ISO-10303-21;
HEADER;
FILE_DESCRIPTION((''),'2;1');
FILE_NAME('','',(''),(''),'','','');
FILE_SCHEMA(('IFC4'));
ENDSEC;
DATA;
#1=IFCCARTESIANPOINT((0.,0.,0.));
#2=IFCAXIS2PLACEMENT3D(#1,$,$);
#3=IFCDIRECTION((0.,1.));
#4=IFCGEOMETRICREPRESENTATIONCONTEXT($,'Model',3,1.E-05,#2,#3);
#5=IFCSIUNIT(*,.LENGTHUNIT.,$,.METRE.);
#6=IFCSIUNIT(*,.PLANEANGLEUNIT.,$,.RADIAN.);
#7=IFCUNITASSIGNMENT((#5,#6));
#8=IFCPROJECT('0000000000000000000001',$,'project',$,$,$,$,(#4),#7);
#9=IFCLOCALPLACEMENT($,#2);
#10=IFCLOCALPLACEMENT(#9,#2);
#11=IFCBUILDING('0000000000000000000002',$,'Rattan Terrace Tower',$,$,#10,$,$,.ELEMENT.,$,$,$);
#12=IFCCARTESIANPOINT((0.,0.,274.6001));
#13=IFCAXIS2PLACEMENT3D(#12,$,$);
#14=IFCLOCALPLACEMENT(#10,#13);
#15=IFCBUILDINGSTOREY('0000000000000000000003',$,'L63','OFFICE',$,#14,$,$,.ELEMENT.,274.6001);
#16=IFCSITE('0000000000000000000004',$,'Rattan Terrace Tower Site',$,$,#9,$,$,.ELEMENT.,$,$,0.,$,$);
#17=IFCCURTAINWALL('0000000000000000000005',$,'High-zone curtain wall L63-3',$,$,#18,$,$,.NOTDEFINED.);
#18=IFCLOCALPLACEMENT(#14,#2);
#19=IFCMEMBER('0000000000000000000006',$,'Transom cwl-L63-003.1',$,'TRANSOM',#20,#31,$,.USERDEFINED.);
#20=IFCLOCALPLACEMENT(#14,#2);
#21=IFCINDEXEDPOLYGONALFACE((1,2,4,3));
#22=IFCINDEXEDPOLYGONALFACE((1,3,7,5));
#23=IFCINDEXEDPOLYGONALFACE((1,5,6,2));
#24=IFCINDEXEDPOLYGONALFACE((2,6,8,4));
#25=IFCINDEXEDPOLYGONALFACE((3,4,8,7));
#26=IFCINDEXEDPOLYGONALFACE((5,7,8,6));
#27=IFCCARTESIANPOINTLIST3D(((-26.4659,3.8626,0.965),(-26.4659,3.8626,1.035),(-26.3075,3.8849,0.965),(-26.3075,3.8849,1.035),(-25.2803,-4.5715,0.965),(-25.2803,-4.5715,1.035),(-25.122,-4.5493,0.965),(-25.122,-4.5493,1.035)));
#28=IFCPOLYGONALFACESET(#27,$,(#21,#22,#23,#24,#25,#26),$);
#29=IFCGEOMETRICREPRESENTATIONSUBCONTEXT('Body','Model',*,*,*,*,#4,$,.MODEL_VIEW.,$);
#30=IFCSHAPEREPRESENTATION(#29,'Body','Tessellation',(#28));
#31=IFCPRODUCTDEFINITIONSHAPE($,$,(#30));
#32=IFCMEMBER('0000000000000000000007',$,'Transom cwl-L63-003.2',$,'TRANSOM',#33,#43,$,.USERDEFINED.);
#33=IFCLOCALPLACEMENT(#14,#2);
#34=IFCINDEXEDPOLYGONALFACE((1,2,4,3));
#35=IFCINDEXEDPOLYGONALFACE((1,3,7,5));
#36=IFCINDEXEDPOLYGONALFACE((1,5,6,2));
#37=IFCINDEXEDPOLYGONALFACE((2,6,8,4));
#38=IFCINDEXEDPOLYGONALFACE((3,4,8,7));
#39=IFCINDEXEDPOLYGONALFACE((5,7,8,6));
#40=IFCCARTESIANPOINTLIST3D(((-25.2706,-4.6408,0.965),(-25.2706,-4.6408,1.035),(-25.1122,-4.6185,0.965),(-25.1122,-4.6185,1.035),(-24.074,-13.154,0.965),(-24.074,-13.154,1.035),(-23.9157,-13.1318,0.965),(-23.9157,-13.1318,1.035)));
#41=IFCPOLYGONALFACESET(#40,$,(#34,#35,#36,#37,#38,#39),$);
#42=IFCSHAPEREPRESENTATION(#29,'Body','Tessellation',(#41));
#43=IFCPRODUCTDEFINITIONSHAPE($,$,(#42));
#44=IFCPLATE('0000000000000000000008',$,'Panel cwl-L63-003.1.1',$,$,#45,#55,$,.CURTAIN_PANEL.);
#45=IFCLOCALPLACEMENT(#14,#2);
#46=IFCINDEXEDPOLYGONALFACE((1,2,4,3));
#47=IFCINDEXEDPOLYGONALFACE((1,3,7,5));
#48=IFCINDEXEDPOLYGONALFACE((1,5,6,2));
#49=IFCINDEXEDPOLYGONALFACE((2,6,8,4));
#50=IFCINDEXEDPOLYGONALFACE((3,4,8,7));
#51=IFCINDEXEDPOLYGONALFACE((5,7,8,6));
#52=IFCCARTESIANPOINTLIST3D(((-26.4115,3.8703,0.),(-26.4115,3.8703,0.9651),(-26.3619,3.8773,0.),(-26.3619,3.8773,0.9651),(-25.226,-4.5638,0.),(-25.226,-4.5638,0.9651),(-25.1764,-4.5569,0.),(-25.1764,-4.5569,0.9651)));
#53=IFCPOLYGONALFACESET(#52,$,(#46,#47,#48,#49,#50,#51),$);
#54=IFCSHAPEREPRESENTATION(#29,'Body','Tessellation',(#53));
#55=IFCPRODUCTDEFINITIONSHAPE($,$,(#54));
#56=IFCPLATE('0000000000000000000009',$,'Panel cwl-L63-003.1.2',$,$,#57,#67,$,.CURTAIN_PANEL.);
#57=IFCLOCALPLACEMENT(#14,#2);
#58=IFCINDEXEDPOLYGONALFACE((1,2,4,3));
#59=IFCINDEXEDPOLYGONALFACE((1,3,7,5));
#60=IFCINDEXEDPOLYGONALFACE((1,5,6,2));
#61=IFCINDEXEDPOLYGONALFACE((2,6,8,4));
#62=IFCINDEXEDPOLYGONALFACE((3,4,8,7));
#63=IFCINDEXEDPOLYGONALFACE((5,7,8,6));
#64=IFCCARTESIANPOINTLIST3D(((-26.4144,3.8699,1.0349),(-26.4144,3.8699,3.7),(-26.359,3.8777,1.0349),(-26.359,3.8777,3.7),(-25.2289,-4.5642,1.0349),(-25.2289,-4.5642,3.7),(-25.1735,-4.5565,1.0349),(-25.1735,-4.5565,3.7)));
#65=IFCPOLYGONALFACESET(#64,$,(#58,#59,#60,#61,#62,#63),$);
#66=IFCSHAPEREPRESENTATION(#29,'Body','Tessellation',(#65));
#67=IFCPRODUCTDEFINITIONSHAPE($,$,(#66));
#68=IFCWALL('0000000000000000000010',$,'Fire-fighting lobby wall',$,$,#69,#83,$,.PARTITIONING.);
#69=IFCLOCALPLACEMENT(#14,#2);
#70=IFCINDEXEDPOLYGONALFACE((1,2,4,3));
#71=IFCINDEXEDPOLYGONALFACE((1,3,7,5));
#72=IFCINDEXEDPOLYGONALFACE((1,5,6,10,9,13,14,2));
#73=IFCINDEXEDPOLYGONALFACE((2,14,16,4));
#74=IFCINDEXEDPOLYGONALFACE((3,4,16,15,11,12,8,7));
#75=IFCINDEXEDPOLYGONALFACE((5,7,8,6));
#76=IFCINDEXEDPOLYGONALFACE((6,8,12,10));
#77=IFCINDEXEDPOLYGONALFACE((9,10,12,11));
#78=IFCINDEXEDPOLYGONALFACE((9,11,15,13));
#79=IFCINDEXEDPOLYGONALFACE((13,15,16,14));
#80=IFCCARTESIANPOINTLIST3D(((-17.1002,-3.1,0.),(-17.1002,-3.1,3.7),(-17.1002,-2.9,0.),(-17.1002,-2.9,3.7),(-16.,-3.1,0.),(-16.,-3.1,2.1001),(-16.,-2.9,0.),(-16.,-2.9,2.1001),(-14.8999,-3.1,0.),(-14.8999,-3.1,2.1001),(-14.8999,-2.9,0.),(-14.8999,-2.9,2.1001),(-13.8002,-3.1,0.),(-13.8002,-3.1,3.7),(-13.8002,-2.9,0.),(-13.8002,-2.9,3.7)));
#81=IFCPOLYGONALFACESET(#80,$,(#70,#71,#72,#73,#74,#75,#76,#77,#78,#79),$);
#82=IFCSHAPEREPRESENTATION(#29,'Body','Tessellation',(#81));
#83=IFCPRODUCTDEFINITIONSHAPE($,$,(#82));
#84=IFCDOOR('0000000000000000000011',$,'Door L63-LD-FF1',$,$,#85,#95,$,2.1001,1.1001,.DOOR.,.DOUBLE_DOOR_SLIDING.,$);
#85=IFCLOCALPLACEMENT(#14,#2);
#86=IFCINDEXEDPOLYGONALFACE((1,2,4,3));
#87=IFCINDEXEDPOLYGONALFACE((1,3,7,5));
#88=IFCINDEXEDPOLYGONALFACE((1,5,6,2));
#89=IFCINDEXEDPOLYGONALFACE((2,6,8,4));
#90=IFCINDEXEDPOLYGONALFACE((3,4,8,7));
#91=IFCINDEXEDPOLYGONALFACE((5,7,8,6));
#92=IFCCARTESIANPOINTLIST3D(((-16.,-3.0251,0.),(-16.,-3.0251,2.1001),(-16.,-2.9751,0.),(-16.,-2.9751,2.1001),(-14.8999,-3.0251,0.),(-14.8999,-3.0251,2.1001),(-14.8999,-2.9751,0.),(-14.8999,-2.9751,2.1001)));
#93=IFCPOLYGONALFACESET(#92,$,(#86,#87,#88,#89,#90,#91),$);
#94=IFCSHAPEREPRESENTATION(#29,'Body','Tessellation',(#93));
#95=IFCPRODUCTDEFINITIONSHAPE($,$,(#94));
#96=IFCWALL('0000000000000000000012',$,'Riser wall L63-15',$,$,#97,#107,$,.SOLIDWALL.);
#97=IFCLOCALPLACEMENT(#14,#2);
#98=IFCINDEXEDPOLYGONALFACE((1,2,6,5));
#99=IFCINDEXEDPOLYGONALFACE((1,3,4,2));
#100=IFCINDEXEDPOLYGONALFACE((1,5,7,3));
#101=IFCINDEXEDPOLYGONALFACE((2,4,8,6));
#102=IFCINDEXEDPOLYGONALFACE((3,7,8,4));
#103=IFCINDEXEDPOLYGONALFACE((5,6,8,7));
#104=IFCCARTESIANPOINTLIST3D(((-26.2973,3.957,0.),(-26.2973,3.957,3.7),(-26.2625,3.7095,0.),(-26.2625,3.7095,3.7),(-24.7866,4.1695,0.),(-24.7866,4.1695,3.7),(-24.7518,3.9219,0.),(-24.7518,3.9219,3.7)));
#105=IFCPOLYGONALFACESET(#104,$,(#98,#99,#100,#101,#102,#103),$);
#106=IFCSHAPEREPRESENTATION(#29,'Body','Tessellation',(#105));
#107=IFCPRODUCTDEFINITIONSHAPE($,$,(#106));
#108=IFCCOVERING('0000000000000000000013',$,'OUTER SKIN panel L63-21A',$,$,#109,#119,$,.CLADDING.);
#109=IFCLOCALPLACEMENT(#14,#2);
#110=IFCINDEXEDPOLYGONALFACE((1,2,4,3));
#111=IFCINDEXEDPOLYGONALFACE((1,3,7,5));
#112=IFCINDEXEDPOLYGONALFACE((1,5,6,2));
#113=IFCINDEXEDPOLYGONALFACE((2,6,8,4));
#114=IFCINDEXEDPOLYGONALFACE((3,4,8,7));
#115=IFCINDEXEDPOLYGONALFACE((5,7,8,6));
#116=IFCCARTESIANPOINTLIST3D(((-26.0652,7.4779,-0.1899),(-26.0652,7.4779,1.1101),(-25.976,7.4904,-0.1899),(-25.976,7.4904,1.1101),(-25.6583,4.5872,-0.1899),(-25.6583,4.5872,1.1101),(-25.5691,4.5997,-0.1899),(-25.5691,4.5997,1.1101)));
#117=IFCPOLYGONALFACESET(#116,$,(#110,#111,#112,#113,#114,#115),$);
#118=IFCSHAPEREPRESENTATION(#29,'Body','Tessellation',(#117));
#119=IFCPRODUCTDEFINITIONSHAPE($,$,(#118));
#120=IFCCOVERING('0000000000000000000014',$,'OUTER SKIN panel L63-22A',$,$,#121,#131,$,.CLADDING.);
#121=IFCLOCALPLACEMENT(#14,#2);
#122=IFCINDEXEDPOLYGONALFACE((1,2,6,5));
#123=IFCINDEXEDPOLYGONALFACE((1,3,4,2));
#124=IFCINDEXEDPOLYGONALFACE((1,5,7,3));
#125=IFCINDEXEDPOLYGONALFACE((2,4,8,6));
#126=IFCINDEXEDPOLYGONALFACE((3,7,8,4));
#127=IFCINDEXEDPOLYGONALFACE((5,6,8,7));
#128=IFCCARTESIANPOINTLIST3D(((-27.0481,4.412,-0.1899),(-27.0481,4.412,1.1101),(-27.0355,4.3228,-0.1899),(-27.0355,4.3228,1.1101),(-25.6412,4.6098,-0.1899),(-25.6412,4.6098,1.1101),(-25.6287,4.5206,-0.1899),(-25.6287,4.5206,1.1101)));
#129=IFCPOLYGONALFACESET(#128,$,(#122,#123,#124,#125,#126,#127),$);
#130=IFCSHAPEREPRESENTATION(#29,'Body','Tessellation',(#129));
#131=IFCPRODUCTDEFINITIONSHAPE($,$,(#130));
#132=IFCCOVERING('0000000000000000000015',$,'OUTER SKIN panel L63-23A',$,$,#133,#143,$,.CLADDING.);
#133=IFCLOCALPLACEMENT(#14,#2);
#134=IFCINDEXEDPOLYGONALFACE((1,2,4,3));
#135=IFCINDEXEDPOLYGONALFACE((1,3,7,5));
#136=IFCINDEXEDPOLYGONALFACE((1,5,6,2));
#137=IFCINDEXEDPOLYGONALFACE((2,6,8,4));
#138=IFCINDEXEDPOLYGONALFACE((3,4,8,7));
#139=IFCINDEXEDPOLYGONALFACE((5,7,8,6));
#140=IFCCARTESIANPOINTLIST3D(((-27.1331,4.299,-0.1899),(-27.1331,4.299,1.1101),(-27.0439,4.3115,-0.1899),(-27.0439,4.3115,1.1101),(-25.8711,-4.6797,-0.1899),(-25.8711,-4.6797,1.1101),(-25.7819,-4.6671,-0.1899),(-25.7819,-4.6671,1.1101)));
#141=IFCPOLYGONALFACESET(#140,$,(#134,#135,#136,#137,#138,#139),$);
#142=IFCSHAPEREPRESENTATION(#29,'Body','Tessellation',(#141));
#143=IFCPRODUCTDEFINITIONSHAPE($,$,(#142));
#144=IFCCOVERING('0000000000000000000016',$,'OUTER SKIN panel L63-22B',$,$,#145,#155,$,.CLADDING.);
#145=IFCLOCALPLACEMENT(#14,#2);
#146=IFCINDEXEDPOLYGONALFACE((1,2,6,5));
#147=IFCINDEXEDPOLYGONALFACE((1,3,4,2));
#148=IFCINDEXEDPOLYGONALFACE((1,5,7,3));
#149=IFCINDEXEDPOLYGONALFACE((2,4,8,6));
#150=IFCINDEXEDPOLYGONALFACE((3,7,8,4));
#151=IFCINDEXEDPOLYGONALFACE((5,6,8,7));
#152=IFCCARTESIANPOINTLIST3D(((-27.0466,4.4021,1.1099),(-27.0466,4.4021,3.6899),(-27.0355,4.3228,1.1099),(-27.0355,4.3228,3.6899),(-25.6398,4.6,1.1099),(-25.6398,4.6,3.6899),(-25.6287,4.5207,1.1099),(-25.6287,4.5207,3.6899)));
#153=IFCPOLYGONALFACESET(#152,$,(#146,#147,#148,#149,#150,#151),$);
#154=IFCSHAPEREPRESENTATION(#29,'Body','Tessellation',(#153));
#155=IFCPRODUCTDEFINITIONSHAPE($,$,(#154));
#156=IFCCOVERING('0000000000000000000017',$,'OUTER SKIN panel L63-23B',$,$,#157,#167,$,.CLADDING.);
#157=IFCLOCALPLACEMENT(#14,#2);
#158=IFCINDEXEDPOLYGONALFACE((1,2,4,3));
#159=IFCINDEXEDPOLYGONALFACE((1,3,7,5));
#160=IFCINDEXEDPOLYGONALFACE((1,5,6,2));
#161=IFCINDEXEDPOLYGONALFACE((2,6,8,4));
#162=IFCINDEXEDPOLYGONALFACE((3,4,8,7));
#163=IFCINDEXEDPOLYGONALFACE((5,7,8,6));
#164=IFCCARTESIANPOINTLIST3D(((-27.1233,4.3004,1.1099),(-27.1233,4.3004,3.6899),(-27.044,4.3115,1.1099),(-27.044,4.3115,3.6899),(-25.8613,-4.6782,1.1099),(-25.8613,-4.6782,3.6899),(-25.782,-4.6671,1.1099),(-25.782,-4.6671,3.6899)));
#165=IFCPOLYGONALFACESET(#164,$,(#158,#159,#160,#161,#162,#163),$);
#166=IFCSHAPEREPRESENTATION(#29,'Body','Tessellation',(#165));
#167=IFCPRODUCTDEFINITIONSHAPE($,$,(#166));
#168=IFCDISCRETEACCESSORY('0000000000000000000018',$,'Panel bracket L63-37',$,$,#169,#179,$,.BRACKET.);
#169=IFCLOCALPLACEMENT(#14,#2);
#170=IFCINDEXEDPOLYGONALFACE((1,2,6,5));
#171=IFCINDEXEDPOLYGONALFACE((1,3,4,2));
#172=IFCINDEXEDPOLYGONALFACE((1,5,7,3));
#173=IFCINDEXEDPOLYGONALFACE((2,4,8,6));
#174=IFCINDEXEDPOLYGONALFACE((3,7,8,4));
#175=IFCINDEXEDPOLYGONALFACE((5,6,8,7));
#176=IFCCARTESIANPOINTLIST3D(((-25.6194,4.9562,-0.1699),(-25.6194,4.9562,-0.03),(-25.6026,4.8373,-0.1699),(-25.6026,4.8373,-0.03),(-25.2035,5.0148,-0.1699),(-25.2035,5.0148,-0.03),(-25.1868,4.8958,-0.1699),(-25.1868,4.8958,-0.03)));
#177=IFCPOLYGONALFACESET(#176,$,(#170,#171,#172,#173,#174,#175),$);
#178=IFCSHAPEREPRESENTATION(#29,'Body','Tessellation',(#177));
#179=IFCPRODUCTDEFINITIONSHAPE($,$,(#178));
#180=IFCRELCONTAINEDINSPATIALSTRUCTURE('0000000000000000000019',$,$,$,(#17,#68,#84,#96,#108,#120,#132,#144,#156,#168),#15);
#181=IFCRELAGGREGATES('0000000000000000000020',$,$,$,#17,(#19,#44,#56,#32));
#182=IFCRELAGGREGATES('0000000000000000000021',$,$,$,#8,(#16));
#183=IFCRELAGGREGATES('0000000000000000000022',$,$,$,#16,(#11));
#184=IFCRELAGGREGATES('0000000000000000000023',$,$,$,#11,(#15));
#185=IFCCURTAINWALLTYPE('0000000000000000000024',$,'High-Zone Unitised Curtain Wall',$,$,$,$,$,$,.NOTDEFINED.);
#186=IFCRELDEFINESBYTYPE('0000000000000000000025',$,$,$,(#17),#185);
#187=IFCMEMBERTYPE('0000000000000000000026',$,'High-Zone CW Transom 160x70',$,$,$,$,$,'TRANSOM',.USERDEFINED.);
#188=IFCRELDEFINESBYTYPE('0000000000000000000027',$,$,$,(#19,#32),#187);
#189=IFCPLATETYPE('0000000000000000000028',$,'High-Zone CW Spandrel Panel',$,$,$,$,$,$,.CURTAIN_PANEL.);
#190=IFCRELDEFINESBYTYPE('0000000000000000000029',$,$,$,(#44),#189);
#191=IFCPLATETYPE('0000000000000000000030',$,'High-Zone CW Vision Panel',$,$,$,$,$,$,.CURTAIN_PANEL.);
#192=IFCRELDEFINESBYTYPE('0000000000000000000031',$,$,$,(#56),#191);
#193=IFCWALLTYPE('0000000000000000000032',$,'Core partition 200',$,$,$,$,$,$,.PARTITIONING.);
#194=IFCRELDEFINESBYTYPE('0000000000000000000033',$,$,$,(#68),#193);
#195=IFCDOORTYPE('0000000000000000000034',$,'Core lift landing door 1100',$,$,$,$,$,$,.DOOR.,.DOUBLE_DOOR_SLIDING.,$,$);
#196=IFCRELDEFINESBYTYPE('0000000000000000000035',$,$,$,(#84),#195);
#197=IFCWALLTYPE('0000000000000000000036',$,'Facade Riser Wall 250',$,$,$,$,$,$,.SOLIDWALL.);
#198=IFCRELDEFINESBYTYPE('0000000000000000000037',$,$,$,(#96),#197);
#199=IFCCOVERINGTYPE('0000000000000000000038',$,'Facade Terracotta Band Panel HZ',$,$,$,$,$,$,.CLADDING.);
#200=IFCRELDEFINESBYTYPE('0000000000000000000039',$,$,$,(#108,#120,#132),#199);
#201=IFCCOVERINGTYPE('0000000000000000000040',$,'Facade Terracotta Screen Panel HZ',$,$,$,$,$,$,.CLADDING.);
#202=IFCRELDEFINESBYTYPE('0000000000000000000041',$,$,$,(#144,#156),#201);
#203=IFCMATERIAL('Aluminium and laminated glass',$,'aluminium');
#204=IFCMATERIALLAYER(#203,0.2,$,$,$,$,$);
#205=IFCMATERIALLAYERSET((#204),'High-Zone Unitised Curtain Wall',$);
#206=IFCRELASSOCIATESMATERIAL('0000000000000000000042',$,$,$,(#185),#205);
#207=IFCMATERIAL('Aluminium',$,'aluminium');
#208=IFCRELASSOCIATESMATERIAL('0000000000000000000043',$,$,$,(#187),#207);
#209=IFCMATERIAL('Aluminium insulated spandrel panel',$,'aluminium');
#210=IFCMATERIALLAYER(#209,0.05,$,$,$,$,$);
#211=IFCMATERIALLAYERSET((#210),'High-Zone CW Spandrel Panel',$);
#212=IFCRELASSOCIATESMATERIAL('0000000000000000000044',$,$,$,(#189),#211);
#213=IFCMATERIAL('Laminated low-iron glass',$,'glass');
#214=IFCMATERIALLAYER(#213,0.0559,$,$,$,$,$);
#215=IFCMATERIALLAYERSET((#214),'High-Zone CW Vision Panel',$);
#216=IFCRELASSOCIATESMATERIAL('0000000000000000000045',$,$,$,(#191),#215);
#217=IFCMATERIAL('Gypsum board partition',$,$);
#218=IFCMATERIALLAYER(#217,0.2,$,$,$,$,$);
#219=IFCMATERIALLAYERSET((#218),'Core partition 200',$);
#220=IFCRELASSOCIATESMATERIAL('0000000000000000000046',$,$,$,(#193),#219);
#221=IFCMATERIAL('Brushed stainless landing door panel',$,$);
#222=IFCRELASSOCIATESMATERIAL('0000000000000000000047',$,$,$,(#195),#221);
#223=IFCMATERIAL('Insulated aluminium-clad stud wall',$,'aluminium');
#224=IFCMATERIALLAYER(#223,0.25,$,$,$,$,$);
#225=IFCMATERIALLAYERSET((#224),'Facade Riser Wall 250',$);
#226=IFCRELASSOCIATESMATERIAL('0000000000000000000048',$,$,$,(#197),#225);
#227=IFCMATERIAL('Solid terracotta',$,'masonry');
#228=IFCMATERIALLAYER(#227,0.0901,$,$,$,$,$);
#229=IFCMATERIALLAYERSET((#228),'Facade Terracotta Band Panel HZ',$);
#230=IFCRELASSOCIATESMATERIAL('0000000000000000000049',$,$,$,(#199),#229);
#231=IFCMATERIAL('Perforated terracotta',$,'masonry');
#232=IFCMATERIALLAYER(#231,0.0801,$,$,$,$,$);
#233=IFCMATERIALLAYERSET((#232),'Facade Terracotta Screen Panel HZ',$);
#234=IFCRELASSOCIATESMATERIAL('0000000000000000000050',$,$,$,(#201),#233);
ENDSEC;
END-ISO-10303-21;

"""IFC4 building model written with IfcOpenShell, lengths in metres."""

from ifc_helpers import new_model, si_unit, direction, frame, frame_2d, origin, origin_2d, place, context, subcontext, project, spatial, rectangle, extrude, material, layer, layer_set, material_profile, profile_set, type_object, element, fill, aggregate, save


model = new_model("IFC4")

# Units and contexts
model_context = context("Model", 3, precision=1e-05, world=origin(), true_north=direction((0.0, 1.0)))
body_context = subcontext(model_context, "Body", "Model", "MODEL_VIEW")
ifc_project = project(units=[si_unit("LENGTHUNIT", "METRE"), si_unit("PLANEANGLEUNIT", "RADIAN")], contexts=[model_context])

# Site, building, storey
site_placement = place(None, origin())
site = spatial("IfcSite", under=ifc_project, at=site_placement, Name="Rattan Terrace Tower Site", CompositionType="ELEMENT", RefElevation=0.0)
building_placement = place(site_placement, origin())
building = spatial("IfcBuilding", under=site, at=building_placement, Name="Rattan Terrace Tower", CompositionType="ELEMENT")
storey_placement = place(building_placement, frame((0.0, 0.0, 274.6001)))
storey = spatial("IfcBuildingStorey", under=building, at=storey_placement, Name="L63", Description="OFFICE", CompositionType="ELEMENT", Elevation=274.6001)

# Curtain wall, members, plates
ifc_material_1 = material(Name="Aluminium and laminated glass", Category="aluminium")
ifc_layer_1 = layer(ifc_material_1, 0.2)
ifc_layer_set_1 = layer_set([ifc_layer_1], Name="High-Zone Unitised Curtain Wall")
curtain_wall_type = type_object("IfcCurtainWallType", Name="High-Zone Unitised Curtain Wall", PredefinedType="NOTDEFINED", material=ifc_layer_set_1)
curtain_wall_placement = place(storey_placement, origin())
curtain_wall = element("IfcCurtainWall", 1, at=curtain_wall_placement, inside=storey, type_object=curtain_wall_type, Name="High-zone curtain wall L63-3", PredefinedType="NOTDEFINED")
ifc_material_2 = material(Name="Aluminium", Category="aluminium")
ifc_material_profile_1 = material_profile(ifc_material_2, rectangle(XDim=0.1599, YDim=0.0701, at=origin_2d()), Name="Aluminium 160x70")
ifc_profile_set_1 = profile_set([ifc_material_profile_1], Name="Aluminium")
member_type_1 = type_object("IfcMemberType", Name="High-Zone CW Transom 160x70", ElementType="TRANSOM", PredefinedType="USERDEFINED", material=ifc_profile_set_1)
member_1_placement = place(storey_placement, frame((-26.3867, 3.8738, 1.0), z_axis=(0.139198, -0.990265, 0.0), x_axis=(0.990265, 0.139198, 0.0)))
member_1 = element("IfcMember", 2, at=member_1_placement, type_object=member_type_1, Name="Transom cwl-L63-003.1", ObjectType="TRANSOM", PredefinedType="USERDEFINED", context=body_context, shape_type="SweptSolid", body=[
    extrude(rectangle(XDim=0.1599, YDim=0.0701, at=origin_2d()), origin(), (0.0, 0.0, 1.0), 8.5171),
])
member_2_placement = place(storey_placement, frame((-25.1914, -4.6296, 1.0), z_axis=(0.139183, -0.990267, 0.0), x_axis=(0.990267, 0.139183, 0.0)))
member_2 = element("IfcMember", 3, at=member_2_placement, type_object=member_type_1, Name="Transom cwl-L63-003.2", ObjectType="TRANSOM", PredefinedType="USERDEFINED", context=body_context, shape_type="SweptSolid", body=[
    extrude(rectangle(XDim=0.1599, YDim=0.0701, at=origin_2d()), origin(), (0.0, 0.0, 1.0), 8.5969),
])
ifc_material_3 = material(Name="Aluminium insulated spandrel panel", Category="aluminium")
ifc_layer_2 = layer(ifc_material_3, 0.05)
ifc_layer_set_2 = layer_set([ifc_layer_2], Name="High-Zone CW Spandrel Panel")
plate_type_1 = type_object("IfcPlateType", Name="High-Zone CW Spandrel Panel", PredefinedType="CURTAIN_PANEL", material=ifc_layer_set_2)
plate_1_placement = place(storey_placement, frame((-25.7939, -0.3433, 0.0), z_axis=(0.0, 0.0, 1.0), x_axis=(0.139192, -0.990265, 0.0)))
plate_1 = element("IfcPlate", 4, at=plate_1_placement, type_object=plate_type_1, Name="Panel cwl-L63-003.1.1", PredefinedType="CURTAIN_PANEL", context=body_context, shape_type="SweptSolid", body=[
    extrude(rectangle(XDim=8.5171, YDim=0.05, at=origin_2d()), origin(), (0.0, 0.0, 1.0), 0.9651),
])
ifc_material_4 = material(Name="Laminated low-iron glass", Category="glass")
ifc_layer_3 = layer(ifc_material_4, 0.0559)
ifc_layer_set_3 = layer_set([ifc_layer_3], Name="High-Zone CW Vision Panel")
plate_type_2 = type_object("IfcPlateType", Name="High-Zone CW Vision Panel", PredefinedType="CURTAIN_PANEL", material=ifc_layer_set_3)
plate_2_placement = place(storey_placement, frame((-25.7939, -0.3433, 1.0349), z_axis=(0.0, 0.0, 1.0), x_axis=(0.139192, -0.990265, 0.0)))
plate_2 = element("IfcPlate", 5, at=plate_2_placement, type_object=plate_type_2, Name="Panel cwl-L63-003.1.2", PredefinedType="CURTAIN_PANEL", context=body_context, shape_type="SweptSolid", body=[
    extrude(rectangle(XDim=8.5171, YDim=0.0559, at=origin_2d()), origin(), (0.0, 0.0, 1.0), 2.665),
])
aggregate(curtain_wall, [member_1, plate_1, plate_2, member_2])

# Wall, opening, door
ifc_material_5 = material(Name="Gypsum board partition")
ifc_layer_4 = layer(ifc_material_5, 0.2)
ifc_layer_set_4 = layer_set([ifc_layer_4], Name="Core partition 200")
wall_type_1 = type_object("IfcWallType", Name="Core partition 200", PredefinedType="PARTITIONING", material=ifc_layer_set_4)
wall_1_placement = place(storey_placement, frame((-17.1001, -3.0, 0.0), z_axis=(0.0, 0.0, 1.0), x_axis=(1.0, 0.0, 0.0)))
wall_1 = element("IfcWall", 6, at=wall_1_placement, inside=storey, type_object=wall_type_1, Name="Fire-fighting lobby wall", PredefinedType="PARTITIONING", context=body_context, shape_type="SweptSolid", body=[
    extrude(rectangle(XDim=3.3, YDim=0.2, at=frame_2d((1.6499, 0.0))), origin(), (0.0, 0.0, 1.0), 3.7),
])
opening_placement = place(wall_1_placement, frame((1.1001, 0.0, 0.0)))
opening = element("IfcOpeningElement", 7, at=opening_placement, cuts=wall_1, PredefinedType="OPENING", context=body_context, shape_type="SweptSolid", body=[
    extrude(rectangle(XDim=1.1001, YDim=2.1001, at=frame_2d((0.55, 1.05))), frame((0.0, 0.1106, 0.0), z_axis=(0.0, -1.0, 0.0), x_axis=(1.0, 0.0, 0.0)), (0.0, 0.0, 1.0), 0.2209),
])
ifc_material_6 = material(Name="Brushed stainless landing door panel")
door_type = type_object("IfcDoorType", Name="Core lift landing door 1100", OperationType="DOUBLE_DOOR_SLIDING", PredefinedType="DOOR", material=ifc_material_6)
door_placement = place(opening_placement, origin())
door = element("IfcDoor", 8, at=door_placement, inside=storey, type_object=door_type, Name="Door L63-LD-FF1", OperationType="DOUBLE_DOOR_SLIDING", OverallHeight=2.1001, OverallWidth=1.1001, PredefinedType="DOOR", context=body_context, shape_type="SweptSolid", body=[
    extrude(rectangle(XDim=1.1001, YDim=2.1001, at=frame_2d((0.55, 1.05))), frame((0.0, 0.0249, 0.0), z_axis=(0.0, -1.0, 0.0), x_axis=(1.0, 0.0, 0.0)), (0.0, 0.0, 1.0), 0.05),
])
fill(opening, door)

# Wall
ifc_material_7 = material(Name="Insulated aluminium-clad stud wall", Category="aluminium")
ifc_layer_5 = layer(ifc_material_7, 0.25)
ifc_layer_set_5 = layer_set([ifc_layer_5], Name="Facade Riser Wall 250")
wall_type_2 = type_object("IfcWallType", Name="Facade Riser Wall 250", PredefinedType="SOLIDWALL", material=ifc_layer_set_5)
wall_2_placement = place(storey_placement, frame((-24.7693, 4.0457, 0.0), z_axis=(0.0, 0.0, 1.0), x_axis=(-0.990261, -0.139225, 0.0)))
element("IfcWall", 9, at=wall_2_placement, inside=storey, type_object=wall_type_2, Name="Riser wall L63-15", PredefinedType="SOLIDWALL", context=body_context, shape_type="SweptSolid", body=[
    extrude(rectangle(XDim=1.5256, YDim=0.25, at=frame_2d((0.7627, 0.0))), origin(), (0.0, 0.0, 1.0), 3.7),
])

# Coverings
ifc_material_8 = material(Name="Solid terracotta", Category="masonry")
ifc_layer_6 = layer(ifc_material_8, 0.0901)
ifc_layer_set_6 = layer_set([ifc_layer_6], Name="Facade Terracotta Band Panel HZ")
covering_type_1 = type_object("IfcCoveringType", Name="Facade Terracotta Band Panel HZ", PredefinedType="CLADDING", material=ifc_layer_set_6)
covering_1_placement = place(storey_placement, frame((-25.8171, 6.0388, -0.1899), z_axis=(0.0, 0.0, 1.0), x_axis=(0.139367, -0.990241, 0.0)))
element("IfcCovering", 10, at=covering_1_placement, inside=storey, type_object=covering_type_1, Name="OUTER SKIN panel L63-21A", PredefinedType="CLADDING", context=body_context, shape_type="SweptSolid", body=[
    extrude(rectangle(XDim=2.9192, YDim=0.0901, at=origin_2d()), origin(), (0.0, 0.0, 1.0), 1.3),
])
covering_2_placement = place(storey_placement, frame((-26.3384, 4.4663, -0.1899), z_axis=(0.0, 0.0, 1.0), x_axis=(-0.990254, -0.139275, 0.0)))
element("IfcCovering", 11, at=covering_2_placement, inside=storey, type_object=covering_type_1, Name="OUTER SKIN panel L63-22A", PredefinedType="CLADDING", context=body_context, shape_type="SweptSolid", body=[
    extrude(rectangle(XDim=1.4207, YDim=0.0901, at=origin_2d()), origin(), (0.0, 0.0, 1.0), 1.3),
])
covering_3_placement = place(storey_placement, frame((-26.4575, -0.1841, -0.1899), z_axis=(0.0, 0.0, 1.0), x_axis=(0.139192, -0.990265, 0.0)))
element("IfcCovering", 12, at=covering_3_placement, inside=storey, type_object=covering_type_1, Name="OUTER SKIN panel L63-23A", PredefinedType="CLADDING", context=body_context, shape_type="SweptSolid", body=[
    extrude(rectangle(XDim=9.0669, YDim=0.0901, at=origin_2d()), origin(), (0.0, 0.0, 1.0), 1.3),
])
ifc_material_9 = material(Name="Perforated terracotta", Category="masonry")
ifc_layer_7 = layer(ifc_material_9, 0.0801)
ifc_layer_set_7 = layer_set([ifc_layer_7], Name="Facade Terracotta Screen Panel HZ")
covering_type_2 = type_object("IfcCoveringType", Name="Facade Terracotta Screen Panel HZ", PredefinedType="CLADDING", material=ifc_layer_set_7)
covering_4_placement = place(storey_placement, frame((-26.3376, 4.4614, 1.1099), z_axis=(0.0, 0.0, 1.0), x_axis=(-0.990254, -0.139275, 0.0)))
element("IfcCovering", 13, at=covering_4_placement, inside=storey, type_object=covering_type_2, Name="OUTER SKIN panel L63-22B", PredefinedType="CLADDING", context=body_context, shape_type="SweptSolid", body=[
    extrude(rectangle(XDim=1.4207, YDim=0.0801, at=origin_2d()), origin(), (0.0, 0.0, 1.0), 2.5801),
])
covering_5_placement = place(storey_placement, frame((-26.4526, -0.1833, 1.1099), z_axis=(0.0, 0.0, 1.0), x_axis=(0.139192, -0.990265, 0.0)))
element("IfcCovering", 14, at=covering_5_placement, inside=storey, type_object=covering_type_2, Name="OUTER SKIN panel L63-23B", PredefinedType="CLADDING", context=body_context, shape_type="SweptSolid", body=[
    extrude(rectangle(XDim=9.0669, YDim=0.0801, at=origin_2d()), origin(), (0.0, 0.0, 1.0), 2.5801),
])

# Discrete accessory
for number, where, z_axis, x_axis, name in (
    (15, (-25.4031, 4.926, -0.1699), (0.0, 0.0, 1.0), (0.139367, -0.990241, 0.0), "Panel bracket L63-37"),
):
    element("IfcDiscreteAccessory", number, at=place(storey_placement, frame(where, z_axis=z_axis, x_axis=x_axis)), inside=storey, Name=name, PredefinedType="BRACKET", context=body_context, shape_type="SweptSolid", body=[
        extrude(rectangle(XDim=0.1201, YDim=0.4199, at=origin_2d()), origin(), (0.0, 0.0, 1.0), 0.1399),
    ])

save(model, "model.ifc")
